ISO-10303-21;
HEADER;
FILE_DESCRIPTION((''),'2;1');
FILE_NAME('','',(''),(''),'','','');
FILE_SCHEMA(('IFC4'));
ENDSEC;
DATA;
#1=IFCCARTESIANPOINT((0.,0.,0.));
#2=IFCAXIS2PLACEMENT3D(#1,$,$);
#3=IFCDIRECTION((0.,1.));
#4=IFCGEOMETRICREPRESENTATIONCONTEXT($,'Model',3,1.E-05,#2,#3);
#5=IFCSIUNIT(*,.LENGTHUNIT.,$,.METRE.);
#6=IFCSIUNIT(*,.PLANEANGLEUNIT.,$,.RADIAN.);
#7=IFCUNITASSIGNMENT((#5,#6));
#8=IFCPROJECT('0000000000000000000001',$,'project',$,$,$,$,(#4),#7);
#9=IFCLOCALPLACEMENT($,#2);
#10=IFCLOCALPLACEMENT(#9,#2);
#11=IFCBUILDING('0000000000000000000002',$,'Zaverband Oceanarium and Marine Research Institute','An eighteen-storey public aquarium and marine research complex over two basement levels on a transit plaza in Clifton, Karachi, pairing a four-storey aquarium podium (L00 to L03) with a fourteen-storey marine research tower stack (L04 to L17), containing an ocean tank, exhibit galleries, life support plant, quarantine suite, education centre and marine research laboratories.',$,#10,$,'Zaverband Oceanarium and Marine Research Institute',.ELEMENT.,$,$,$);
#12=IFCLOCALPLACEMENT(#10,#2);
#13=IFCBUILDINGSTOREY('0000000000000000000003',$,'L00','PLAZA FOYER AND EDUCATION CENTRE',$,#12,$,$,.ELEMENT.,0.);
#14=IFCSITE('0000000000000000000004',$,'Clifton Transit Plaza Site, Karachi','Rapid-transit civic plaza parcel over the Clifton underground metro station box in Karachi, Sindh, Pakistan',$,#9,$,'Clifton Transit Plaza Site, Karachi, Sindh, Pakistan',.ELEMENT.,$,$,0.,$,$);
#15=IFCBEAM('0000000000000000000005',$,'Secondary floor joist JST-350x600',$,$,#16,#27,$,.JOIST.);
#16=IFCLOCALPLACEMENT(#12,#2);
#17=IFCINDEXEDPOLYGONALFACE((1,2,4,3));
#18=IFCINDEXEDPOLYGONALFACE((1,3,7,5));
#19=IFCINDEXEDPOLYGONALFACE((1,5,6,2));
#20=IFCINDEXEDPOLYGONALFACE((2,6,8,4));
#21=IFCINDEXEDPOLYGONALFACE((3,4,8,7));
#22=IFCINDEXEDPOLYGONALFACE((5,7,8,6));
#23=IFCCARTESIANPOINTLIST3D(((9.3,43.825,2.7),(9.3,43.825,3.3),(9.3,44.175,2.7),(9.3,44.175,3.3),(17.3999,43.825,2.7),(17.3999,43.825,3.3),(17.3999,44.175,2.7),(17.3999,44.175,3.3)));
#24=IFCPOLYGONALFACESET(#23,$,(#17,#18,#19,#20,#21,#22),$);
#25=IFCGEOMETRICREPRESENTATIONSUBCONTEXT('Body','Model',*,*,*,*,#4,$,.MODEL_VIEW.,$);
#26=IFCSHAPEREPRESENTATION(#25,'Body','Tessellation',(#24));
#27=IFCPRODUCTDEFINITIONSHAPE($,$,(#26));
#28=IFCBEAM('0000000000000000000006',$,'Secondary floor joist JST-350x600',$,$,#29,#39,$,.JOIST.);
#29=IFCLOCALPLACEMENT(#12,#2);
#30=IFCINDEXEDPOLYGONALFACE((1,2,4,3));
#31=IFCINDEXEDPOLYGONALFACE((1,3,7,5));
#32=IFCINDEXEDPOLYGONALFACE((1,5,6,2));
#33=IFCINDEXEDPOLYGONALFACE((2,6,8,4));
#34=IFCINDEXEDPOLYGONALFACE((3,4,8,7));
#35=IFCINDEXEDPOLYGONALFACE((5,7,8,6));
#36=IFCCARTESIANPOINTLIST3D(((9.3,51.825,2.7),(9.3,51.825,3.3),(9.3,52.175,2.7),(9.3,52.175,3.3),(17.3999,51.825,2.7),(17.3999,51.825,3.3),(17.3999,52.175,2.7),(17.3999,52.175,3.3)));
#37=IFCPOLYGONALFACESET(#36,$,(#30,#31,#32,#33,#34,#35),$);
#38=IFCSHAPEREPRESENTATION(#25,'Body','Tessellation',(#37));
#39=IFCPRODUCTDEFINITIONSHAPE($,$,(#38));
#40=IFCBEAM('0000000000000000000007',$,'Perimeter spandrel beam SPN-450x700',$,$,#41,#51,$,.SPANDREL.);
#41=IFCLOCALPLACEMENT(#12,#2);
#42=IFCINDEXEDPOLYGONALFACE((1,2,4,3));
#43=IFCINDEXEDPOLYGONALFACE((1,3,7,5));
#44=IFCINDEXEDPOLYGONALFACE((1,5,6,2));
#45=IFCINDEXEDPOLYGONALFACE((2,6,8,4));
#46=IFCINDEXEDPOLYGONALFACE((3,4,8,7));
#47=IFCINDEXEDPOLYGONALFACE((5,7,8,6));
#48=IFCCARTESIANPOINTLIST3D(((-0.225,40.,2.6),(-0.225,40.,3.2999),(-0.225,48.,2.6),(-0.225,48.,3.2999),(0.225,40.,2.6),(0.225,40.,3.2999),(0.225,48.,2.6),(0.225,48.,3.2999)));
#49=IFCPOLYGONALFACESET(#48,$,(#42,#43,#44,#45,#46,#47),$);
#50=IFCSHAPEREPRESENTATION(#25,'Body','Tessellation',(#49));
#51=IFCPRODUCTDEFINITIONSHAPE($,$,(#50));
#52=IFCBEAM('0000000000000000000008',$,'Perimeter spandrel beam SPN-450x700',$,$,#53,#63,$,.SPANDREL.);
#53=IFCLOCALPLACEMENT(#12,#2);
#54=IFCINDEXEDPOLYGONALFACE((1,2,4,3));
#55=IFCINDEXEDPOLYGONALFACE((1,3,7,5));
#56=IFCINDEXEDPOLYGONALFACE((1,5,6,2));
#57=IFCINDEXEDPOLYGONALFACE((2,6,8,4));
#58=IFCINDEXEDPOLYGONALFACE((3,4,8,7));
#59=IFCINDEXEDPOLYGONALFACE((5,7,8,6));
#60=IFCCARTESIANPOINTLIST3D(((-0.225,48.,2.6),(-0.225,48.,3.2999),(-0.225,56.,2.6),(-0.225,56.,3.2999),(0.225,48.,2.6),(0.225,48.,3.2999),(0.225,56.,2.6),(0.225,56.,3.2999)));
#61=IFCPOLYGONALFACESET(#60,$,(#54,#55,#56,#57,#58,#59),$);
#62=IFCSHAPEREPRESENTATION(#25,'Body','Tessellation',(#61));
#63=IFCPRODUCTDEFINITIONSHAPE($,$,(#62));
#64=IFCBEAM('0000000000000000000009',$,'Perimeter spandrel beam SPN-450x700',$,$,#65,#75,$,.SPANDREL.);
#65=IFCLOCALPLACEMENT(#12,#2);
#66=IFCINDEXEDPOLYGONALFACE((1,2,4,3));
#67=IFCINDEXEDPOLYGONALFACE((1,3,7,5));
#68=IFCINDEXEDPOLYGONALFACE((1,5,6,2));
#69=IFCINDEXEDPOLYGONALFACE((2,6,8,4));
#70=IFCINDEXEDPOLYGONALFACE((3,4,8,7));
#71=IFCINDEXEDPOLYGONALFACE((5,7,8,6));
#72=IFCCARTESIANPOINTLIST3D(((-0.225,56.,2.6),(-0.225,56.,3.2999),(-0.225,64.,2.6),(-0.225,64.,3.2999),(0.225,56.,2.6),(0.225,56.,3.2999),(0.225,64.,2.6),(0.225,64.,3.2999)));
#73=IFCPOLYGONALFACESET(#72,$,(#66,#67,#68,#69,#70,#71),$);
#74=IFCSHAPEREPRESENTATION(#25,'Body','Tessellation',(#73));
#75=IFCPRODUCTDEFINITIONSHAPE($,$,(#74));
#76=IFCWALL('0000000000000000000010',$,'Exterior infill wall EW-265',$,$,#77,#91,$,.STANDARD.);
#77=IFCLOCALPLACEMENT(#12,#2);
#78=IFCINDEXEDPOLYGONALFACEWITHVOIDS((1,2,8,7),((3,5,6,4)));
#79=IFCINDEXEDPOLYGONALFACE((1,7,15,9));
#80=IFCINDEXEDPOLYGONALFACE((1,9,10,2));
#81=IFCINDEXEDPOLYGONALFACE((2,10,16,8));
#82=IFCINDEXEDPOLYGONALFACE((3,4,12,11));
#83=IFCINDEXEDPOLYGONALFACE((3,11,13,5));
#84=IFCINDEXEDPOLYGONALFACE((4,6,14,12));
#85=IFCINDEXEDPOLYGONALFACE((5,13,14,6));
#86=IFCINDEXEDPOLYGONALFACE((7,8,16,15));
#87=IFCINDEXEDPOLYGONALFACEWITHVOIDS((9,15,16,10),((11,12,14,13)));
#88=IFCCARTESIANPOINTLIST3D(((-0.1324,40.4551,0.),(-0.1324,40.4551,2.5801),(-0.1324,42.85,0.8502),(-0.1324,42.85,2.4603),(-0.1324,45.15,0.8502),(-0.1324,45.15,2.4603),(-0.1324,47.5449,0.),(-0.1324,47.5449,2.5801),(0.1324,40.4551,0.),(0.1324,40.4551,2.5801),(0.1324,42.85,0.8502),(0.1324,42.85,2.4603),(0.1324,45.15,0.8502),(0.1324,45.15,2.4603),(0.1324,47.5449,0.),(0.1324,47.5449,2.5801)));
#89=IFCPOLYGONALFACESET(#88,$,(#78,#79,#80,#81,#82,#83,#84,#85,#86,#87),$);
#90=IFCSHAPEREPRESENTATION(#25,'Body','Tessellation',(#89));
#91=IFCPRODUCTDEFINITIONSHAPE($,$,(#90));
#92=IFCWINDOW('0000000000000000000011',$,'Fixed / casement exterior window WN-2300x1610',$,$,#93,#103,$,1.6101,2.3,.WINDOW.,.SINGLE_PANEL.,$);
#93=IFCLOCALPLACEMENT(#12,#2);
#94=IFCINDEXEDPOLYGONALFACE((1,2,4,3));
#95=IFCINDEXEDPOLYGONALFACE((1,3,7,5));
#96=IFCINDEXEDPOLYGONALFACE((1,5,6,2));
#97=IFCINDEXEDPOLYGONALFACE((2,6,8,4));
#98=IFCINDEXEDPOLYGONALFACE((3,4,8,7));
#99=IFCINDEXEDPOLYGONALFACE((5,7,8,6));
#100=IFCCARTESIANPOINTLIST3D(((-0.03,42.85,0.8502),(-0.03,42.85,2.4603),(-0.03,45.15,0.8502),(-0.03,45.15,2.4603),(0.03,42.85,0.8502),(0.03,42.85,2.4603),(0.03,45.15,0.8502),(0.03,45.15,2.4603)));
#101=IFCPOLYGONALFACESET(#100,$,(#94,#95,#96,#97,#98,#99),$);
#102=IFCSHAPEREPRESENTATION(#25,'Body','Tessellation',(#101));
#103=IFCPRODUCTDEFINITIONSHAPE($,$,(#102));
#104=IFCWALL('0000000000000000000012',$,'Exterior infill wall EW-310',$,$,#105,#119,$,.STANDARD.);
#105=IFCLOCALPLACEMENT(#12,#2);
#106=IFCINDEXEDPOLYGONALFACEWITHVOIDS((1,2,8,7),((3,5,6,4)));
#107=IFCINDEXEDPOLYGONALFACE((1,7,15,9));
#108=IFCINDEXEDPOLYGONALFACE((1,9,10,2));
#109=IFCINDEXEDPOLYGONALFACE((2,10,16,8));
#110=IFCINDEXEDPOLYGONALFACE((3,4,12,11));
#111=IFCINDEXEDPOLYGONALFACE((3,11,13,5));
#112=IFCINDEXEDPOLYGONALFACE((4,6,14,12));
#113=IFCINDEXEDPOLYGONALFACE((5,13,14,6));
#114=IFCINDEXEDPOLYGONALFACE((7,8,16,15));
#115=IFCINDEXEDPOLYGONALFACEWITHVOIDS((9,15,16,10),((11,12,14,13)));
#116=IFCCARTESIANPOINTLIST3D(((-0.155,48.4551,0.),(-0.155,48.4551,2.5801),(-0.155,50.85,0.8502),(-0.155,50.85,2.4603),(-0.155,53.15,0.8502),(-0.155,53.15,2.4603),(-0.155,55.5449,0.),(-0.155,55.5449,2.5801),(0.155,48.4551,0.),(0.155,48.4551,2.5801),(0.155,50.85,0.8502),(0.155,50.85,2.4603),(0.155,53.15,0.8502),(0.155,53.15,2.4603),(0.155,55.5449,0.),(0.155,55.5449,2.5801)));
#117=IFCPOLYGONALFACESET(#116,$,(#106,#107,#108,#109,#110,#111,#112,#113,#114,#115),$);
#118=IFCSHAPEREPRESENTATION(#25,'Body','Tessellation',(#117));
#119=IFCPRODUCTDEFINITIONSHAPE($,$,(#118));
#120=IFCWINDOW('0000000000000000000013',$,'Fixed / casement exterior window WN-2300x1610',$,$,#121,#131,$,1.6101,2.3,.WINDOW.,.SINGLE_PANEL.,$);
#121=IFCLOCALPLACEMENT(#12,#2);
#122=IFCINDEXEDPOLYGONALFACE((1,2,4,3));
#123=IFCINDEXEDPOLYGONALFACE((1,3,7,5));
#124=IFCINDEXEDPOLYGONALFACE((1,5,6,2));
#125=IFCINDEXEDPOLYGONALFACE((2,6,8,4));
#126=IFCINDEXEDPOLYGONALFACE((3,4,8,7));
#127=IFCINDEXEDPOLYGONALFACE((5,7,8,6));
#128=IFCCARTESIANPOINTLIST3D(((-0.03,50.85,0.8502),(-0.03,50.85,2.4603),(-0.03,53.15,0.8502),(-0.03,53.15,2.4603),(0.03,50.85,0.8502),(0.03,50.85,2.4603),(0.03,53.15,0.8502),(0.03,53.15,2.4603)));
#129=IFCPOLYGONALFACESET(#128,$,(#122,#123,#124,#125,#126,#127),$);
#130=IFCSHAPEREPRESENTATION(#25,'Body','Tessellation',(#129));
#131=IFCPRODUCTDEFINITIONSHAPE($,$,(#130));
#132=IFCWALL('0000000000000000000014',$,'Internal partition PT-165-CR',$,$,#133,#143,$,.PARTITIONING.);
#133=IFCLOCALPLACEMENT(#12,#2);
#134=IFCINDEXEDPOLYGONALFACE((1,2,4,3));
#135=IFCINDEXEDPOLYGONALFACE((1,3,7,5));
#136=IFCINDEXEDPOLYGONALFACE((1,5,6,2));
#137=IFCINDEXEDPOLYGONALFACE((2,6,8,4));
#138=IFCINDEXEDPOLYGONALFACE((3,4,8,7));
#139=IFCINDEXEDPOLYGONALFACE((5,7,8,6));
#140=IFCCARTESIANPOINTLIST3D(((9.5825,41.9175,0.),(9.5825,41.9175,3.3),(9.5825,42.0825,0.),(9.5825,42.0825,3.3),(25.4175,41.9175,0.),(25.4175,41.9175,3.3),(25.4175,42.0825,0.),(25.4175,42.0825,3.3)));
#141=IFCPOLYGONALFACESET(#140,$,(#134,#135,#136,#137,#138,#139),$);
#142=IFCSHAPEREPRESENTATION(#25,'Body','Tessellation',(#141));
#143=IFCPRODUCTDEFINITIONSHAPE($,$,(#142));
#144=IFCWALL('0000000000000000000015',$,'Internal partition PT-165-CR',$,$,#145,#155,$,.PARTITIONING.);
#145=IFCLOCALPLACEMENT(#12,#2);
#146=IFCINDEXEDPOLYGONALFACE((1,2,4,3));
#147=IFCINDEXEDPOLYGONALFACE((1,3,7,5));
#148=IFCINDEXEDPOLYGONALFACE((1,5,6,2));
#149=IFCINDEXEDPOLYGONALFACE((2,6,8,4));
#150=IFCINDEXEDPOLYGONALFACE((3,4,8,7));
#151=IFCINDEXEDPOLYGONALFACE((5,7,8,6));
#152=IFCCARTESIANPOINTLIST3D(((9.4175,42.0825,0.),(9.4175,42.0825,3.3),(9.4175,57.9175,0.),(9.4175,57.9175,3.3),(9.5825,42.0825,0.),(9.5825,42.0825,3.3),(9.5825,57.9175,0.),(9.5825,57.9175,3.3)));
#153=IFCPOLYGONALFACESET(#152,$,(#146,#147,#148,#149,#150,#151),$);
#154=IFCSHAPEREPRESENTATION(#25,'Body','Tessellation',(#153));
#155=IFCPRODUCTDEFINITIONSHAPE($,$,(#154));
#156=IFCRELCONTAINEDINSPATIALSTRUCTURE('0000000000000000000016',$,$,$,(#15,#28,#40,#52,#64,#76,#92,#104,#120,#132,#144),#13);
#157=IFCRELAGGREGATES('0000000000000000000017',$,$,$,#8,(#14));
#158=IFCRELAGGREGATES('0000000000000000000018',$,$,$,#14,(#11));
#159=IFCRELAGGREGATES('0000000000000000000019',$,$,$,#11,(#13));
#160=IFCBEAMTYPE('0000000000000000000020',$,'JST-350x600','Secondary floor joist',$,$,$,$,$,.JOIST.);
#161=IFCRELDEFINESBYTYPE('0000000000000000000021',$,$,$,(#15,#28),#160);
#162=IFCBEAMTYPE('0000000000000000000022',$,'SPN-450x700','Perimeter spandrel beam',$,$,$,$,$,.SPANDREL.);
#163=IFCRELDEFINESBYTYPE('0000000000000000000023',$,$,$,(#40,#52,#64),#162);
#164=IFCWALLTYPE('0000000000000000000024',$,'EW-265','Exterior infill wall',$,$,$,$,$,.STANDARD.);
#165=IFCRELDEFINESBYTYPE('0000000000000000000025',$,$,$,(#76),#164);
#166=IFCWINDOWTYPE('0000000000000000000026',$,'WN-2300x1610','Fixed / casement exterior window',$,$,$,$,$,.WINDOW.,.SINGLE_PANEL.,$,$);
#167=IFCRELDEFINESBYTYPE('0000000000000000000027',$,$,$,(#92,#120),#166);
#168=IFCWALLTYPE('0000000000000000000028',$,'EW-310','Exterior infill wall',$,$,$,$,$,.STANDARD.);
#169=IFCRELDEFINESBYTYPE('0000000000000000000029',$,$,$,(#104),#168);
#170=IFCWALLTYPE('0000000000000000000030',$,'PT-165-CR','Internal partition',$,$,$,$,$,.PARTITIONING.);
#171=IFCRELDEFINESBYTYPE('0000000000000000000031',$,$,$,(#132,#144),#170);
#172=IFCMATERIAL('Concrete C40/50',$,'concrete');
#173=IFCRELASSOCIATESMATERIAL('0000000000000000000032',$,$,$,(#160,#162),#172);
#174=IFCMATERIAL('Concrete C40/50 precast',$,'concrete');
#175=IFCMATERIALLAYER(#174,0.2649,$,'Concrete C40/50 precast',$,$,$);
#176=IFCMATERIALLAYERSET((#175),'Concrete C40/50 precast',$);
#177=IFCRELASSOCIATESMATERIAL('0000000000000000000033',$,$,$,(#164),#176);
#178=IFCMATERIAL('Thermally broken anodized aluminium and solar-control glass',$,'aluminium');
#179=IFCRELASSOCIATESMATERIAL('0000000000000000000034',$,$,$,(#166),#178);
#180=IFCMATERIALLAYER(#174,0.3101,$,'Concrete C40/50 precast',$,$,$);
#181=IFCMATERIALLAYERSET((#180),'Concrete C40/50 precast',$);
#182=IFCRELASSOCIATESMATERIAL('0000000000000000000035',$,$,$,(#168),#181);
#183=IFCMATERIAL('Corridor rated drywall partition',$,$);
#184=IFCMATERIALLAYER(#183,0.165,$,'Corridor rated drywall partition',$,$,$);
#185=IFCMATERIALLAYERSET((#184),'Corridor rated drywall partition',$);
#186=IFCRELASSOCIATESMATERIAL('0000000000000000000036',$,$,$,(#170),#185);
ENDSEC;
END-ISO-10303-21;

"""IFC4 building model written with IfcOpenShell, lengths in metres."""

from ifc_helpers import new_model, si_unit, direction, frame, frame_2d, origin, origin_2d, place, context, subcontext, project, spatial, rectangle, extrude, material, layer, layer_set, material_profile, profile_set, type_object, element, fill, save


model = new_model("IFC4")

# Units and contexts
model_context = context("Model", 3, precision=1e-05, world=origin(), true_north=direction((0.0, 1.0)))
body_context = subcontext(model_context, "Body", "Model", "MODEL_VIEW")
ifc_project = project(units=[si_unit("LENGTHUNIT", "METRE"), si_unit("PLANEANGLEUNIT", "RADIAN")], contexts=[model_context])

# Site, building, storey
site_placement = place(None, origin())
site = spatial("IfcSite", under=ifc_project, at=site_placement, Name="Clifton Transit Plaza Site, Karachi", Description="Rapid-transit civic plaza parcel over the Clifton underground metro station box in Karachi, Sindh, Pakistan", LongName="Clifton Transit Plaza Site, Karachi, Sindh, Pakistan", CompositionType="ELEMENT", RefElevation=0.0)
building_placement = place(site_placement, origin())
building = spatial("IfcBuilding", under=site, at=building_placement, Name="Zaverband Oceanarium and Marine Research Institute", Description="An eighteen-storey public aquarium and marine research complex over two basement levels on a transit plaza in Clifton, Karachi, pairing a four-storey aquarium podium (L00 to L03) with a fourteen-storey marine research tower stack (L04 to L17), containing an ocean tank, exhibit galleries, life support plant, quarantine suite, education centre and marine research laboratories.", LongName="Zaverband Oceanarium and Marine Research Institute", CompositionType="ELEMENT")
storey_placement = place(building_placement, origin())
storey = spatial("IfcBuildingStorey", under=building, at=storey_placement, Name="L00", Description="PLAZA FOYER AND EDUCATION CENTRE", CompositionType="ELEMENT", Elevation=0.0)

# Beams
ifc_material_1 = material(Name="Concrete C40/50", Category="concrete")
ifc_material_profile_1 = material_profile(ifc_material_1, rectangle(XDim=0.3501, YDim=0.6001, at=origin_2d()), Name="RC350x600")
ifc_profile_set_1 = profile_set([ifc_material_profile_1], Name="Concrete C40/50")
beam_type_1 = type_object("IfcBeamType", Name="JST-350x600", Description="Secondary floor joist", PredefinedType="JOIST", material=ifc_profile_set_1)
for number, where, z_axis, x_axis, name in (
    (1, (9.3, 44.0, 3.0), (1.0, 0.0, 0.0), (0.0, 1.0, 0.0), "Secondary floor joist JST-350x600"),
    (2, (9.3, 52.0, 3.0), (1.0, 0.0, 0.0), (0.0, 1.0, 0.0), "Secondary floor joist JST-350x600"),
):
    element("IfcBeam", number, at=place(storey_placement, frame(where, z_axis=z_axis, x_axis=x_axis)), inside=storey, type_object=beam_type_1, Name=name, PredefinedType="JOIST", context=body_context, shape_type="SweptSolid", body=[
        extrude(rectangle(XDim=0.3501, YDim=0.6001, at=origin_2d()), origin(), (0.0, 0.0, 1.0), 8.0999),
    ])
ifc_material_profile_2 = material_profile(ifc_material_1, rectangle(XDim=0.45, YDim=0.7, at=origin_2d()), Name="RC450x700")
ifc_profile_set_2 = profile_set([ifc_material_profile_2], Name="Concrete C40/50")
beam_type_2 = type_object("IfcBeamType", Name="SPN-450x700", Description="Perimeter spandrel beam", PredefinedType="SPANDREL", material=ifc_profile_set_2)
for number, where, z_axis, x_axis, name in (
    (3, (0.0, 40.0, 2.95), (0.0, 1.0, 0.0), (-1.0, 0.0, 0.0), "Perimeter spandrel beam SPN-450x700"),
    (4, (0.0, 48.0, 2.95), (0.0, 1.0, 0.0), (-1.0, 0.0, 0.0), "Perimeter spandrel beam SPN-450x700"),
    (5, (0.0, 56.0, 2.95), (0.0, 1.0, 0.0), (-1.0, 0.0, 0.0), "Perimeter spandrel beam SPN-450x700"),
):
    element("IfcBeam", number, at=place(storey_placement, frame(where, z_axis=z_axis, x_axis=x_axis)), inside=storey, type_object=beam_type_2, Name=name, PredefinedType="SPANDREL", context=body_context, shape_type="SweptSolid", body=[
        extrude(rectangle(XDim=0.45, YDim=0.7, at=origin_2d()), origin(), (0.0, 0.0, 1.0), 8.0),
    ])

# Walls, openings, windows
ifc_material_2 = material(Name="Concrete C40/50 precast", Category="concrete")
ifc_layer_1 = layer(ifc_material_2, 0.2649, Name="Concrete C40/50 precast")
ifc_layer_set_1 = layer_set([ifc_layer_1], Name="Concrete C40/50 precast")
wall_type_1 = type_object("IfcWallType", Name="EW-265", Description="Exterior infill wall", PredefinedType="STANDARD", material=ifc_layer_set_1)
wall_1_placement = place(storey_placement, frame((0.0, 40.4551, 0.0), z_axis=(0.0, 0.0, 1.0), x_axis=(0.0, 1.0, 0.0)))
wall_1 = element("IfcWall", 6, at=wall_1_placement, inside=storey, type_object=wall_type_1, Name="Exterior infill wall EW-265", PredefinedType="STANDARD", context=body_context, shape_type="SweptSolid", body=[
    extrude(rectangle(XDim=7.0898, YDim=0.2649, at=frame_2d((3.5449, 0.0))), origin(), (0.0, 0.0, 1.0), 2.5801),
])
opening_1_placement = place(wall_1_placement, frame((2.395, 0.0, 0.8501)))
opening_1 = element("IfcOpeningElement", 7, at=opening_1_placement, cuts=wall_1, PredefinedType="OPENING", context=body_context, shape_type="SweptSolid", body=[
    extrude(rectangle(XDim=2.3, YDim=1.6101, at=frame_2d((1.1499, 0.8052))), frame((0.0, 0.1445, 0.0), z_axis=(0.0, -1.0, 0.0), x_axis=(1.0, 0.0, 0.0)), (0.0, 0.0, 1.0), 0.2888),
])
ifc_material_3 = material(Name="Thermally broken anodized aluminium and solar-control glass", Category="aluminium")
window_type = type_object("IfcWindowType", Name="WN-2300x1610", Description="Fixed / casement exterior window", PartitioningType="SINGLE_PANEL", PredefinedType="WINDOW", material=ifc_material_3)
window_1_placement = place(opening_1_placement, origin())
window_1 = element("IfcWindow", 8, at=window_1_placement, inside=storey, type_object=window_type, Name="Fixed / casement exterior window WN-2300x1610", OverallHeight=1.6101, OverallWidth=2.3, PartitioningType="SINGLE_PANEL", PredefinedType="WINDOW", context=body_context, shape_type="SweptSolid", body=[
    extrude(rectangle(XDim=2.3, YDim=1.6101, at=frame_2d((1.1499, 0.8052))), frame((0.0, 0.03, 0.0), z_axis=(0.0, -1.0, 0.0), x_axis=(1.0, 0.0, 0.0)), (0.0, 0.0, 1.0), 0.0601),
])
fill(opening_1, window_1)
ifc_layer_2 = layer(ifc_material_2, 0.3101, Name="Concrete C40/50 precast")
ifc_layer_set_2 = layer_set([ifc_layer_2], Name="Concrete C40/50 precast")
wall_type_2 = type_object("IfcWallType", Name="EW-310", Description="Exterior infill wall", PredefinedType="STANDARD", material=ifc_layer_set_2)
wall_2_placement = place(storey_placement, frame((0.0, 48.4551, 0.0), z_axis=(0.0, 0.0, 1.0), x_axis=(0.0, 1.0, 0.0)))
wall_2 = element("IfcWall", 9, at=wall_2_placement, inside=storey, type_object=wall_type_2, Name="Exterior infill wall EW-310", PredefinedType="STANDARD", context=body_context, shape_type="SweptSolid", body=[
    extrude(rectangle(XDim=7.0898, YDim=0.3101, at=frame_2d((3.5449, 0.0))), origin(), (0.0, 0.0, 1.0), 2.5801),
])
opening_2_placement = place(wall_2_placement, frame((2.395, 0.0, 0.8501)))
opening_2 = element("IfcOpeningElement", 10, at=opening_2_placement, cuts=wall_2, PredefinedType="OPENING", context=body_context, shape_type="SweptSolid", body=[
    extrude(rectangle(XDim=2.3, YDim=1.6101, at=frame_2d((1.1499, 0.8052))), frame((0.0, 0.167, 0.0), z_axis=(0.0, -1.0, 0.0), x_axis=(1.0, 0.0, 0.0)), (0.0, 0.0, 1.0), 0.334),
])
window_2_placement = place(opening_2_placement, origin())
window_2 = element("IfcWindow", 11, at=window_2_placement, inside=storey, type_object=window_type, Name="Fixed / casement exterior window WN-2300x1610", OverallHeight=1.6101, OverallWidth=2.3, PartitioningType="SINGLE_PANEL", PredefinedType="WINDOW", context=body_context, shape_type="SweptSolid", body=[
    extrude(rectangle(XDim=2.3, YDim=1.6101, at=frame_2d((1.1499, 0.8052))), frame((0.0, 0.03, 0.0), z_axis=(0.0, -1.0, 0.0), x_axis=(1.0, 0.0, 0.0)), (0.0, 0.0, 1.0), 0.0601),
])
fill(opening_2, window_2)

# Walls
ifc_material_4 = material(Name="Corridor rated drywall partition")
ifc_layer_3 = layer(ifc_material_4, 0.165, Name="Corridor rated drywall partition")
ifc_layer_set_3 = layer_set([ifc_layer_3], Name="Corridor rated drywall partition")
wall_type_3 = type_object("IfcWallType", Name="PT-165-CR", Description="Internal partition", PredefinedType="PARTITIONING", material=ifc_layer_set_3)
for number, where, z_axis, x_axis, name in (
    (12, (9.5825, 42.0, 0.0), (0.0, 0.0, 1.0), (1.0, 0.0, 0.0), "Internal partition PT-165-CR"),
    (13, (9.5, 42.0825, 0.0), (0.0, 0.0, 1.0), (0.0, 1.0, 0.0), "Internal partition PT-165-CR"),
):
    element("IfcWall", number, at=place(storey_placement, frame(where, z_axis=z_axis, x_axis=x_axis)), inside=storey, type_object=wall_type_3, Name=name, PredefinedType="PARTITIONING", context=body_context, shape_type="SweptSolid", body=[
        extrude(rectangle(XDim=15.835, YDim=0.165, at=frame_2d((7.9175, 0.0))), origin(), (0.0, 0.0, 1.0), 3.3),
    ])

save(model, "model.ifc")
